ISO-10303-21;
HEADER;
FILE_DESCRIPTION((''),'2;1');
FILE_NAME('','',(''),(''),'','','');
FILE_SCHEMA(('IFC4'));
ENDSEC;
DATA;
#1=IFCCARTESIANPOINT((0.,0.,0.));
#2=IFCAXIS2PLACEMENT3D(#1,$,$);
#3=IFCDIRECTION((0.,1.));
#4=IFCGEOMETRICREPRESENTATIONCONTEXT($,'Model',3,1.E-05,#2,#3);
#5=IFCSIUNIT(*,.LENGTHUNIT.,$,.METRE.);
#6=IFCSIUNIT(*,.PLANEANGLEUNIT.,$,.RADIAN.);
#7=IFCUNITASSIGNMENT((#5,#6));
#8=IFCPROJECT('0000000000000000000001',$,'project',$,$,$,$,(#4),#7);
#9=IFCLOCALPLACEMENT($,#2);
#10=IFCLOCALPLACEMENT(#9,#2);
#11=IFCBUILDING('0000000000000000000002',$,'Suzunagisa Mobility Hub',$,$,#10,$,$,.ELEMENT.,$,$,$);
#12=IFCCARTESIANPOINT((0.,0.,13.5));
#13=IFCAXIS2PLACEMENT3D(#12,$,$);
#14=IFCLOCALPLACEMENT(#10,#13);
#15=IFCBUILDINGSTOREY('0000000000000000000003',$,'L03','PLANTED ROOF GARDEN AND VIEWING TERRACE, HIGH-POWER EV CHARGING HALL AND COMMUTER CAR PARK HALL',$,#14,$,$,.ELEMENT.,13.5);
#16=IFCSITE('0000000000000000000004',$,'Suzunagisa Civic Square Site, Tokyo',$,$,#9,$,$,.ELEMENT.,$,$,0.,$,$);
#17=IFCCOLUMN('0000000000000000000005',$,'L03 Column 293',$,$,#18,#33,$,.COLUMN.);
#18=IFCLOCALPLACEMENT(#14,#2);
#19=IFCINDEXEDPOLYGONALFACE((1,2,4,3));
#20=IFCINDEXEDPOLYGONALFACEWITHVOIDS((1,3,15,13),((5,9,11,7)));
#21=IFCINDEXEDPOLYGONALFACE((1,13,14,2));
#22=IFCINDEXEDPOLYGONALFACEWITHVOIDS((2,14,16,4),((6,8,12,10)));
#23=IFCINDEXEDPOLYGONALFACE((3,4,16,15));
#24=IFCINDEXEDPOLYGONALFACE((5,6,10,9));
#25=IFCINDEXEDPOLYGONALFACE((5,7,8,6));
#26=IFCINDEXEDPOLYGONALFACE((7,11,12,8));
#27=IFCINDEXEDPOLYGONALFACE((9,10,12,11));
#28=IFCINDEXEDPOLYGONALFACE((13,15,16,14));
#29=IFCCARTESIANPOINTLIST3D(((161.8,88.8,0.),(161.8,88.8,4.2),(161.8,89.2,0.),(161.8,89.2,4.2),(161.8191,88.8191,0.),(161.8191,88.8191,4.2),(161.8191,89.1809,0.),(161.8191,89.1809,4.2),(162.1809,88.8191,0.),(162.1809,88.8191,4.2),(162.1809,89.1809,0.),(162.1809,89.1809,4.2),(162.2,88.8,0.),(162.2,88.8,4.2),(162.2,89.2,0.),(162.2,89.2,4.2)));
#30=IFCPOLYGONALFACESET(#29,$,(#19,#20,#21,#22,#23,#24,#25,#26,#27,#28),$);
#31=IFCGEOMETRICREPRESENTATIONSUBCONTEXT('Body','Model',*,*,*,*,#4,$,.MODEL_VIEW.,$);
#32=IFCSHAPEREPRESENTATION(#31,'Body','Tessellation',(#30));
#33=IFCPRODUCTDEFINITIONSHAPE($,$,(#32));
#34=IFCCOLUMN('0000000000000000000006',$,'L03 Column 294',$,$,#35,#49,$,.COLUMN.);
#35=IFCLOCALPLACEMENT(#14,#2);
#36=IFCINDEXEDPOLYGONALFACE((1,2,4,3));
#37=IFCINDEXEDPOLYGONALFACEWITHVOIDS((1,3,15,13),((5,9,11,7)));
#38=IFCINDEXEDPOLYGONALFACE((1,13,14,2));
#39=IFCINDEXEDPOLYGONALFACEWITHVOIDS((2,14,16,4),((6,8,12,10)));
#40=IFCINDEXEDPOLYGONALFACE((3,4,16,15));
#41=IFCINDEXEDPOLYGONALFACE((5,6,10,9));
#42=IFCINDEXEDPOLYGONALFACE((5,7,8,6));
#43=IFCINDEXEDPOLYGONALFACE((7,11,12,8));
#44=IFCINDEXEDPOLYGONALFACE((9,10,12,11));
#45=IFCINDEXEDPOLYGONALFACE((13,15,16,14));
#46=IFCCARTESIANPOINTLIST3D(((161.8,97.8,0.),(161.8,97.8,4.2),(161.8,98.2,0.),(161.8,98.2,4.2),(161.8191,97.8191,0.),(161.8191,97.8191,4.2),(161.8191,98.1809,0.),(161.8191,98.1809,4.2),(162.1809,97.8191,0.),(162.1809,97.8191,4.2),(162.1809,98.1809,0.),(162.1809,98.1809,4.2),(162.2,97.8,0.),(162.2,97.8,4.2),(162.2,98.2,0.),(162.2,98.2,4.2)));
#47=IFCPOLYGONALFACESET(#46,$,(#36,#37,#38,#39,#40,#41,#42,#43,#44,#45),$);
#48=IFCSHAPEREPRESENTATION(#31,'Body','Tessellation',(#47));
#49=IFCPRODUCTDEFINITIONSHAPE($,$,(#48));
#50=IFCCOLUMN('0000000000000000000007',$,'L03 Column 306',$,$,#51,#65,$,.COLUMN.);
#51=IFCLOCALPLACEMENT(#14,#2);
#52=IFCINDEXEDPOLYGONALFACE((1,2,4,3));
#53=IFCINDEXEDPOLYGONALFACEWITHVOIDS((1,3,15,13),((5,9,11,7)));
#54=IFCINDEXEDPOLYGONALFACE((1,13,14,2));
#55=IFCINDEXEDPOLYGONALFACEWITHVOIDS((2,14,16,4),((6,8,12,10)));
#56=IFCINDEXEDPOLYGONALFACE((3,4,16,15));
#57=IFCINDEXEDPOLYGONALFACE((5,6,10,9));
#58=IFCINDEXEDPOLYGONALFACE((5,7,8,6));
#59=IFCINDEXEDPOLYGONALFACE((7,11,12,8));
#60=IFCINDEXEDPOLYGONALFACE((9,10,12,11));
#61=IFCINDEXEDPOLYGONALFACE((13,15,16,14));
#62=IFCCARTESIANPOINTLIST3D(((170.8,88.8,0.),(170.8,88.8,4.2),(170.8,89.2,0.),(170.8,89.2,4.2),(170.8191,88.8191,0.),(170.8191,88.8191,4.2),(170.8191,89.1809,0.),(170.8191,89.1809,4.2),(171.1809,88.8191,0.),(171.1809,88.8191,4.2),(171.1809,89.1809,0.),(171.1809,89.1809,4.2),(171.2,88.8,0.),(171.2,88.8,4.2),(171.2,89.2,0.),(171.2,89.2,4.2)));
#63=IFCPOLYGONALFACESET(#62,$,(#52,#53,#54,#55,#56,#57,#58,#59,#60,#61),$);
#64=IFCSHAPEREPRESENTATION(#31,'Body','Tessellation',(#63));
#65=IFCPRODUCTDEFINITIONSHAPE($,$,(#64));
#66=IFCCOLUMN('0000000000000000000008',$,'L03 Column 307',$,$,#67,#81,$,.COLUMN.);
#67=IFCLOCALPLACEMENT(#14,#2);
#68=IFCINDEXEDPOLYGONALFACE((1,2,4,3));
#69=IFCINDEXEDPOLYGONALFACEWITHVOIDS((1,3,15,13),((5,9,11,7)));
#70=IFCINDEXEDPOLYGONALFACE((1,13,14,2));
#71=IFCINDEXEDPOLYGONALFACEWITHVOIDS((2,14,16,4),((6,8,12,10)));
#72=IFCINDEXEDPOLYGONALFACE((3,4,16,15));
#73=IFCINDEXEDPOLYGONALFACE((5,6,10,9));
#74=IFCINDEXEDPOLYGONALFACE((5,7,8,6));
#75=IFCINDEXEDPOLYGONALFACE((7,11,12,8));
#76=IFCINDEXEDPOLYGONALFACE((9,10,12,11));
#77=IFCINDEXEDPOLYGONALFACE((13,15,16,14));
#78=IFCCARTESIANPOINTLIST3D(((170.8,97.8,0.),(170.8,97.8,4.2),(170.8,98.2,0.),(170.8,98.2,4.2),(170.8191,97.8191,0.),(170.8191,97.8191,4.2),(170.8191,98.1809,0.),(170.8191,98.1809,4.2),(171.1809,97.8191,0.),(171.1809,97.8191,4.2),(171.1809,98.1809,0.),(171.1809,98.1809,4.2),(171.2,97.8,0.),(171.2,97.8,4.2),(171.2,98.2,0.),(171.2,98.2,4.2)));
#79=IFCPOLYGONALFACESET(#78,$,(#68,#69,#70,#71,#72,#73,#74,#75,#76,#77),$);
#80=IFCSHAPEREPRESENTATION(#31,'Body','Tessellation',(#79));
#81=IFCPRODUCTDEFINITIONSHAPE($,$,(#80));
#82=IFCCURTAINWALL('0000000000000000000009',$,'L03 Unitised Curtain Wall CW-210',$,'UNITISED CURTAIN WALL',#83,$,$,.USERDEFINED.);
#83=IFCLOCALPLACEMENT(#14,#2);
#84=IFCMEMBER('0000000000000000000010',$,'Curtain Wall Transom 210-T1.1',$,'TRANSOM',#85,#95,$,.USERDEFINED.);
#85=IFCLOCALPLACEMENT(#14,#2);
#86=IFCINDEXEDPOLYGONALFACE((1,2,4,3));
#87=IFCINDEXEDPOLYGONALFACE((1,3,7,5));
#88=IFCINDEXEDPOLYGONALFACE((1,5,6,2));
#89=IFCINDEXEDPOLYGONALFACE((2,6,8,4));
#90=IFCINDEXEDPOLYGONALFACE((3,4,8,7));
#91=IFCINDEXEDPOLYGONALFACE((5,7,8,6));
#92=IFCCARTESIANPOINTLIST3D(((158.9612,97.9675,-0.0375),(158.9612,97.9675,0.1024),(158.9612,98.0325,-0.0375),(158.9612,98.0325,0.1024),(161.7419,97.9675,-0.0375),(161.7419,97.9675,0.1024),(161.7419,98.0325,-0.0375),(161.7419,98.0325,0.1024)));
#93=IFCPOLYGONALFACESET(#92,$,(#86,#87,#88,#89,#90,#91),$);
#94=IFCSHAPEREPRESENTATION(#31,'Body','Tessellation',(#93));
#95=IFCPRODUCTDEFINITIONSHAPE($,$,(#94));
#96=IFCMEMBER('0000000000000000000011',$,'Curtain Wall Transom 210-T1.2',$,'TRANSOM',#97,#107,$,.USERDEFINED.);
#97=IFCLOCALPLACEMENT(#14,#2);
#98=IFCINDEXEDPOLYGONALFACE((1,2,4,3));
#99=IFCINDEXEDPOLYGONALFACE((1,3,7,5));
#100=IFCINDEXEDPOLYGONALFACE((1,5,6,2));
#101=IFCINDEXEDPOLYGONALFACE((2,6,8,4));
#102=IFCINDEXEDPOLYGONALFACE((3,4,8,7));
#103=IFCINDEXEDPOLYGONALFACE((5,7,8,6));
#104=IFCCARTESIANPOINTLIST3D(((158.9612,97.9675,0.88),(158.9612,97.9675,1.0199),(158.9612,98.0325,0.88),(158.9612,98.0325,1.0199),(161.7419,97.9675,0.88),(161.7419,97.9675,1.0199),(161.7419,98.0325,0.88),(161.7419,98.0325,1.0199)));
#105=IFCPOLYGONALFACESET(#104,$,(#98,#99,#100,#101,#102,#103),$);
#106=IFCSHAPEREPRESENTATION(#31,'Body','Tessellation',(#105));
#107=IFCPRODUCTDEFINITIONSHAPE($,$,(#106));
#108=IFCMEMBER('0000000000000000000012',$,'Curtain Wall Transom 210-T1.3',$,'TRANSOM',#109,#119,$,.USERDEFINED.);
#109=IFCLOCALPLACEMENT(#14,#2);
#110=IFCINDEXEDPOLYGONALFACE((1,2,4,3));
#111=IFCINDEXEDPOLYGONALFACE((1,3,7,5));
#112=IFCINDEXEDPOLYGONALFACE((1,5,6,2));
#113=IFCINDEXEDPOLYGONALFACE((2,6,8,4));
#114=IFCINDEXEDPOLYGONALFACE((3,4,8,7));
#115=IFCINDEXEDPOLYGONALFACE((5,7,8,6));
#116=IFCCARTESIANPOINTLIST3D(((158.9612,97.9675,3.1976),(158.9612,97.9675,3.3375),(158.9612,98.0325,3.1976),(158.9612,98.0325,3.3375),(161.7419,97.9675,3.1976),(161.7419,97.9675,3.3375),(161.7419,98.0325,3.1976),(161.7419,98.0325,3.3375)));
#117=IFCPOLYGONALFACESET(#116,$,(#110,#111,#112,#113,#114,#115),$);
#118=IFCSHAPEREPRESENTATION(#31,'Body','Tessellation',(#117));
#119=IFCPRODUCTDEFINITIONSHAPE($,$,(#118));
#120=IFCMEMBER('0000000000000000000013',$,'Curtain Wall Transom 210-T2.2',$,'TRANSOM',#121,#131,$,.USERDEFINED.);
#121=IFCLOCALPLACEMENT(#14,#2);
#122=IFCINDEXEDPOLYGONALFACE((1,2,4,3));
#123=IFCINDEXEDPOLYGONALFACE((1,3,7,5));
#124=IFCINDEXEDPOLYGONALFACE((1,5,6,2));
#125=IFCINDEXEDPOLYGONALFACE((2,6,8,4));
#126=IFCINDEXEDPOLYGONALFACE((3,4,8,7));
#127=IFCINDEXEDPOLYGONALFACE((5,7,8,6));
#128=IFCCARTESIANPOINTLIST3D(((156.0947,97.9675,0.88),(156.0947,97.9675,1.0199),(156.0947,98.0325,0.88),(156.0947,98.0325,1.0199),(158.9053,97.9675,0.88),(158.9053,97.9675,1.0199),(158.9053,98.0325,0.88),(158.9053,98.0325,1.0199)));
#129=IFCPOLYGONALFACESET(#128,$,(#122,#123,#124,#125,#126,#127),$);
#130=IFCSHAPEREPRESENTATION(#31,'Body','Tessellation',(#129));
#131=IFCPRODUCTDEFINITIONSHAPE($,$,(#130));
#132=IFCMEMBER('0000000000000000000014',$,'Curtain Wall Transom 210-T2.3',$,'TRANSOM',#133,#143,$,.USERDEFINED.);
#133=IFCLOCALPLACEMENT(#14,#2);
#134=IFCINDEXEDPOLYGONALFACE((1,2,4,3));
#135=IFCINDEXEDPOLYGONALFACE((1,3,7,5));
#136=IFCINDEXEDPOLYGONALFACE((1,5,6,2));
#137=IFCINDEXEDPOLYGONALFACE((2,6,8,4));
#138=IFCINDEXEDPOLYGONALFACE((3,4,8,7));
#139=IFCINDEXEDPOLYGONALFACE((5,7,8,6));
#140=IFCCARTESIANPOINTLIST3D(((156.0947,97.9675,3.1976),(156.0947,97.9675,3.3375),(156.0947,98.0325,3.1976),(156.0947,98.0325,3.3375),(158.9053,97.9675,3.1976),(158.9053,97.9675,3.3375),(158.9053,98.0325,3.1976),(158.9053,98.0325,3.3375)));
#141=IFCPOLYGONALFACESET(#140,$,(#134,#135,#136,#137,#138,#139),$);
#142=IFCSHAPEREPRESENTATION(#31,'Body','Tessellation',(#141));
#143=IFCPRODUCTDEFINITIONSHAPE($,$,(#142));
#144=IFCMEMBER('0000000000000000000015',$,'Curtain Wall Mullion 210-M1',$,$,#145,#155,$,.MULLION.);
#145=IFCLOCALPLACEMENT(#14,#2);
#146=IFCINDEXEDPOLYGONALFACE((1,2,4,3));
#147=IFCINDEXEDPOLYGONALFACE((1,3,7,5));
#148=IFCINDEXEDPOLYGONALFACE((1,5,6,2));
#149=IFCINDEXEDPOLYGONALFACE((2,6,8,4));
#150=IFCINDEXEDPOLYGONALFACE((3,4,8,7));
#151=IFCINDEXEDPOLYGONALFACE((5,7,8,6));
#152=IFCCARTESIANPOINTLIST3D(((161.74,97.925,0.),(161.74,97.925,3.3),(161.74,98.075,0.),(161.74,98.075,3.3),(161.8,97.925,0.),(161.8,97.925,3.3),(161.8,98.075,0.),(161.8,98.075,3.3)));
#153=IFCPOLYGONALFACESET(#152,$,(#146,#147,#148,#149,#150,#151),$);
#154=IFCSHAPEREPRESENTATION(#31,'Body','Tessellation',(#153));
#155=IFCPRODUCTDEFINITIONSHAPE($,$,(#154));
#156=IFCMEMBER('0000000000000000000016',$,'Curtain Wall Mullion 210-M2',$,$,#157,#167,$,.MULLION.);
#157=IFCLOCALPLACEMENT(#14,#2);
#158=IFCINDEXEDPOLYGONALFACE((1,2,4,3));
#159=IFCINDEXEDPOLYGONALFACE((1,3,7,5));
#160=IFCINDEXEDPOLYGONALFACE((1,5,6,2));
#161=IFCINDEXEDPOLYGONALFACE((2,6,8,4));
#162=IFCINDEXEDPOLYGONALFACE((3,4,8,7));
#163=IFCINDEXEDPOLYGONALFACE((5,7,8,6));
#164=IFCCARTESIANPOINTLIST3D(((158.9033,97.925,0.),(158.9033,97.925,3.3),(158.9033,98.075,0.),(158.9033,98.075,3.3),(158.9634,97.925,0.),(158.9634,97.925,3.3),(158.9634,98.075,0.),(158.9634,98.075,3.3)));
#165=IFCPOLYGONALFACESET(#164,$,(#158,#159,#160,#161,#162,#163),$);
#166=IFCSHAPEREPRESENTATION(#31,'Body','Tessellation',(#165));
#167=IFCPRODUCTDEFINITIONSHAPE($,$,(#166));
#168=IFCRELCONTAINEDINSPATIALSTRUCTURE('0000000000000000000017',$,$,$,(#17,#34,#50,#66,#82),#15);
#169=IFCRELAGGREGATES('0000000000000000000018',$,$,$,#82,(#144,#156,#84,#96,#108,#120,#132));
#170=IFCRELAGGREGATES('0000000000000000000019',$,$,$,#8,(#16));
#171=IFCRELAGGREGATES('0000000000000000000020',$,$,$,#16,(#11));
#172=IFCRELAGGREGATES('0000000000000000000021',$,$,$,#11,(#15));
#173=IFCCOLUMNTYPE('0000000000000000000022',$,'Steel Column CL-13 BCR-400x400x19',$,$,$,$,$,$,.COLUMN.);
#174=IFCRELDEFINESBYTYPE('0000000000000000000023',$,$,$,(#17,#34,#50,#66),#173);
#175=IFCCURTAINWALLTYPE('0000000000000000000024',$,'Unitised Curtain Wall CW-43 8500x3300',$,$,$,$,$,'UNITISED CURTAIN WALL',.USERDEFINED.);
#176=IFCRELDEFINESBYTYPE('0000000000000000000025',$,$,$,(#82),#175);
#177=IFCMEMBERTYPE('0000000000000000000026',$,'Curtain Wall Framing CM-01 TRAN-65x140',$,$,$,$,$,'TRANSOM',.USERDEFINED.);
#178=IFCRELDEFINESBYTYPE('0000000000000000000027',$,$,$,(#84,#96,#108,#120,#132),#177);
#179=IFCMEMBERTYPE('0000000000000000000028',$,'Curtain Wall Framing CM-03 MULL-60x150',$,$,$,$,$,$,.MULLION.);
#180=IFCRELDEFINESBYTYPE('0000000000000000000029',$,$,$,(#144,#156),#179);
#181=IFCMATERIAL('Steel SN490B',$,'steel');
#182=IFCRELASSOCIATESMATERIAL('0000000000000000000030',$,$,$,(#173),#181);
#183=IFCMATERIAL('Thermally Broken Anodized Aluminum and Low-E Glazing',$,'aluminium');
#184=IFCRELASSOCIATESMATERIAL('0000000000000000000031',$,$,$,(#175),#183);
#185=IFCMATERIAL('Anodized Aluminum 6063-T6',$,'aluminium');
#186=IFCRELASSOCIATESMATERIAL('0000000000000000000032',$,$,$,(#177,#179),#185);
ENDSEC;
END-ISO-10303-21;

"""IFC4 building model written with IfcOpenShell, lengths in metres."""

from ifc_helpers import new_model, si_unit, direction, frame, origin, origin_2d, place, context, subcontext, project, spatial, rectangle, hollow_rectangle, extrude, material, material_profile, profile_set, type_object, element, aggregate, save


model = new_model("IFC4")

# Units and contexts
model_context = context("Model", 3, precision=1e-05, world=origin(), true_north=direction((0.0, 1.0)))
body_context = subcontext(model_context, "Body", "Model", "MODEL_VIEW")
ifc_project = project(units=[si_unit("LENGTHUNIT", "METRE"), si_unit("PLANEANGLEUNIT", "RADIAN")], contexts=[model_context])

# Site, building, storey
site_placement = place(None, origin())
site = spatial("IfcSite", under=ifc_project, at=site_placement, Name="Suzunagisa Civic Square Site, Tokyo", CompositionType="ELEMENT", RefElevation=0.0)
building_placement = place(site_placement, origin())
building = spatial("IfcBuilding", under=site, at=building_placement, Name="Suzunagisa Mobility Hub", CompositionType="ELEMENT")
storey_placement = place(building_placement, frame((0.0, 0.0, 13.5)))
storey = spatial("IfcBuildingStorey", under=building, at=storey_placement, Name="L03", Description="PLANTED ROOF GARDEN AND VIEWING TERRACE, HIGH-POWER EV CHARGING HALL AND COMMUTER CAR PARK HALL", CompositionType="ELEMENT", Elevation=13.5)

# Columns
ifc_material_1 = material(Name="Steel SN490B", Category="steel")
ifc_material_profile_1 = material_profile(ifc_material_1, hollow_rectangle(XDim=0.3999, YDim=0.3999, WallThickness=0.019, at=origin_2d()), Name="BCR-400x400x19")
ifc_profile_set_1 = profile_set([ifc_material_profile_1], Name="Steel SN490B")
column_type = type_object("IfcColumnType", Name="Steel Column CL-13 BCR-400x400x19", PredefinedType="COLUMN", material=ifc_profile_set_1)
for number, where, z_axis, x_axis, name in (
    (1, (162.0, 89.0, 0.0), (0.0, 0.0, 1.0), (1.0, 0.0, 0.0), "L03 Column 293"),
    (2, (162.0, 98.0, 0.0), (0.0, 0.0, 1.0), (1.0, 0.0, 0.0), "L03 Column 294"),
    (3, (171.0, 89.0, 0.0), (0.0, 0.0, 1.0), (1.0, 0.0, 0.0), "L03 Column 306"),
    (4, (171.0, 98.0, 0.0), (0.0, 0.0, 1.0), (1.0, 0.0, 0.0), "L03 Column 307"),
):
    element("IfcColumn", number, at=place(storey_placement, frame(where, z_axis=z_axis, x_axis=x_axis)), inside=storey, type_object=column_type, Name=name, PredefinedType="COLUMN", context=body_context, shape_type="SweptSolid", body=[
        extrude(hollow_rectangle(XDim=0.3999, YDim=0.3999, WallThickness=0.019, at=origin_2d()), origin(), (0.0, 0.0, 1.0), 4.2),
    ])

# Curtain wall, members
ifc_material_2 = material(Name="Thermally Broken Anodized Aluminum and Low-E Glazing", Category="aluminium")
curtain_wall_type = type_object("IfcCurtainWallType", Name="Unitised Curtain Wall CW-43 8500x3300", ElementType="UNITISED CURTAIN WALL", PredefinedType="USERDEFINED", material=ifc_material_2)
curtain_wall_placement = place(storey_placement, origin())
curtain_wall = element("IfcCurtainWall", 5, at=curtain_wall_placement, inside=storey, type_object=curtain_wall_type, Name="L03 Unitised Curtain Wall CW-210", ObjectType="UNITISED CURTAIN WALL", PredefinedType="USERDEFINED")
ifc_material_3 = material(Name="Anodized Aluminum 6063-T6", Category="aluminium")
ifc_material_profile_2 = material_profile(ifc_material_3, rectangle(XDim=0.0649, YDim=0.1399, at=origin_2d()), Name="TRAN-65x140")
ifc_profile_set_2 = profile_set([ifc_material_profile_2], Name="Anodized Aluminum 6063-T6")
member_type_1 = type_object("IfcMemberType", Name="Curtain Wall Framing CM-01 TRAN-65x140", ElementType="TRANSOM", PredefinedType="USERDEFINED", material=ifc_profile_set_2)
member_1_placement = place(storey_placement, frame((161.7419, 98.0, 0.0325), z_axis=(-1.0, 0.0, 0.0), x_axis=(0.0, -1.0, 0.0)))
member_1 = element("IfcMember", 6, at=member_1_placement, type_object=member_type_1, Name="Curtain Wall Transom 210-T1.1", ObjectType="TRANSOM", PredefinedType="USERDEFINED", context=body_context, shape_type="SweptSolid", body=[
    extrude(rectangle(XDim=0.0649, YDim=0.1399, at=origin_2d()), origin(), (0.0, 0.0, 1.0), 2.7808),
])
member_2_placement = place(storey_placement, frame((161.7419, 98.0, 0.95), z_axis=(-1.0, 0.0, 0.0), x_axis=(0.0, -1.0, 0.0)))
member_2 = element("IfcMember", 7, at=member_2_placement, type_object=member_type_1, Name="Curtain Wall Transom 210-T1.2", ObjectType="TRANSOM", PredefinedType="USERDEFINED", context=body_context, shape_type="SweptSolid", body=[
    extrude(rectangle(XDim=0.0649, YDim=0.1399, at=origin_2d()), origin(), (0.0, 0.0, 1.0), 2.7808),
])
member_3_placement = place(storey_placement, frame((161.7419, 98.0, 3.2676), z_axis=(-1.0, 0.0, 0.0), x_axis=(0.0, -1.0, 0.0)))
member_3 = element("IfcMember", 8, at=member_3_placement, type_object=member_type_1, Name="Curtain Wall Transom 210-T1.3", ObjectType="TRANSOM", PredefinedType="USERDEFINED", context=body_context, shape_type="SweptSolid", body=[
    extrude(rectangle(XDim=0.0649, YDim=0.1399, at=origin_2d()), origin(), (0.0, 0.0, 1.0), 2.7808),
])
member_4_placement = place(storey_placement, frame((158.9053, 98.0, 0.95), z_axis=(-1.0, 0.0, 0.0), x_axis=(0.0, -1.0, 0.0)))
member_4 = element("IfcMember", 9, at=member_4_placement, type_object=member_type_1, Name="Curtain Wall Transom 210-T2.2", ObjectType="TRANSOM", PredefinedType="USERDEFINED", context=body_context, shape_type="SweptSolid", body=[
    extrude(rectangle(XDim=0.0649, YDim=0.1399, at=origin_2d()), origin(), (0.0, 0.0, 1.0), 2.8105),
])
member_5_placement = place(storey_placement, frame((158.9053, 98.0, 3.2676), z_axis=(-1.0, 0.0, 0.0), x_axis=(0.0, -1.0, 0.0)))
member_5 = element("IfcMember", 10, at=member_5_placement, type_object=member_type_1, Name="Curtain Wall Transom 210-T2.3", ObjectType="TRANSOM", PredefinedType="USERDEFINED", context=body_context, shape_type="SweptSolid", body=[
    extrude(rectangle(XDim=0.0649, YDim=0.1399, at=origin_2d()), origin(), (0.0, 0.0, 1.0), 2.8105),
])
ifc_material_profile_3 = material_profile(ifc_material_3, rectangle(XDim=0.0601, YDim=0.1499, at=origin_2d()), Name="MULL-60x150")
ifc_profile_set_3 = profile_set([ifc_material_profile_3], Name="Anodized Aluminum 6063-T6")
member_type_2 = type_object("IfcMemberType", Name="Curtain Wall Framing CM-03 MULL-60x150", PredefinedType="MULLION", material=ifc_profile_set_3)
member_6_placement = place(storey_placement, frame((161.77, 98.0, 0.0), z_axis=(0.0, 0.0, 1.0), x_axis=(-1.0, 0.0, 0.0)))
member_6 = element("IfcMember", 11, at=member_6_placement, type_object=member_type_2, Name="Curtain Wall Mullion 210-M1", PredefinedType="MULLION", context=body_context, shape_type="SweptSolid", body=[
    extrude(rectangle(XDim=0.0601, YDim=0.1499, at=origin_2d()), origin(), (0.0, 0.0, 1.0), 3.3),
])
member_7_placement = place(storey_placement, frame((158.9333, 98.0, 0.0), z_axis=(0.0, 0.0, 1.0), x_axis=(-1.0, 0.0, 0.0)))
member_7 = element("IfcMember", 12, at=member_7_placement, type_object=member_type_2, Name="Curtain Wall Mullion 210-M2", PredefinedType="MULLION", context=body_context, shape_type="SweptSolid", body=[
    extrude(rectangle(XDim=0.0601, YDim=0.1499, at=origin_2d()), origin(), (0.0, 0.0, 1.0), 3.3),
])

aggregate(curtain_wall, [member_6, member_7, member_1, member_2, member_3, member_4, member_5])

save(model, "model.ifc")
